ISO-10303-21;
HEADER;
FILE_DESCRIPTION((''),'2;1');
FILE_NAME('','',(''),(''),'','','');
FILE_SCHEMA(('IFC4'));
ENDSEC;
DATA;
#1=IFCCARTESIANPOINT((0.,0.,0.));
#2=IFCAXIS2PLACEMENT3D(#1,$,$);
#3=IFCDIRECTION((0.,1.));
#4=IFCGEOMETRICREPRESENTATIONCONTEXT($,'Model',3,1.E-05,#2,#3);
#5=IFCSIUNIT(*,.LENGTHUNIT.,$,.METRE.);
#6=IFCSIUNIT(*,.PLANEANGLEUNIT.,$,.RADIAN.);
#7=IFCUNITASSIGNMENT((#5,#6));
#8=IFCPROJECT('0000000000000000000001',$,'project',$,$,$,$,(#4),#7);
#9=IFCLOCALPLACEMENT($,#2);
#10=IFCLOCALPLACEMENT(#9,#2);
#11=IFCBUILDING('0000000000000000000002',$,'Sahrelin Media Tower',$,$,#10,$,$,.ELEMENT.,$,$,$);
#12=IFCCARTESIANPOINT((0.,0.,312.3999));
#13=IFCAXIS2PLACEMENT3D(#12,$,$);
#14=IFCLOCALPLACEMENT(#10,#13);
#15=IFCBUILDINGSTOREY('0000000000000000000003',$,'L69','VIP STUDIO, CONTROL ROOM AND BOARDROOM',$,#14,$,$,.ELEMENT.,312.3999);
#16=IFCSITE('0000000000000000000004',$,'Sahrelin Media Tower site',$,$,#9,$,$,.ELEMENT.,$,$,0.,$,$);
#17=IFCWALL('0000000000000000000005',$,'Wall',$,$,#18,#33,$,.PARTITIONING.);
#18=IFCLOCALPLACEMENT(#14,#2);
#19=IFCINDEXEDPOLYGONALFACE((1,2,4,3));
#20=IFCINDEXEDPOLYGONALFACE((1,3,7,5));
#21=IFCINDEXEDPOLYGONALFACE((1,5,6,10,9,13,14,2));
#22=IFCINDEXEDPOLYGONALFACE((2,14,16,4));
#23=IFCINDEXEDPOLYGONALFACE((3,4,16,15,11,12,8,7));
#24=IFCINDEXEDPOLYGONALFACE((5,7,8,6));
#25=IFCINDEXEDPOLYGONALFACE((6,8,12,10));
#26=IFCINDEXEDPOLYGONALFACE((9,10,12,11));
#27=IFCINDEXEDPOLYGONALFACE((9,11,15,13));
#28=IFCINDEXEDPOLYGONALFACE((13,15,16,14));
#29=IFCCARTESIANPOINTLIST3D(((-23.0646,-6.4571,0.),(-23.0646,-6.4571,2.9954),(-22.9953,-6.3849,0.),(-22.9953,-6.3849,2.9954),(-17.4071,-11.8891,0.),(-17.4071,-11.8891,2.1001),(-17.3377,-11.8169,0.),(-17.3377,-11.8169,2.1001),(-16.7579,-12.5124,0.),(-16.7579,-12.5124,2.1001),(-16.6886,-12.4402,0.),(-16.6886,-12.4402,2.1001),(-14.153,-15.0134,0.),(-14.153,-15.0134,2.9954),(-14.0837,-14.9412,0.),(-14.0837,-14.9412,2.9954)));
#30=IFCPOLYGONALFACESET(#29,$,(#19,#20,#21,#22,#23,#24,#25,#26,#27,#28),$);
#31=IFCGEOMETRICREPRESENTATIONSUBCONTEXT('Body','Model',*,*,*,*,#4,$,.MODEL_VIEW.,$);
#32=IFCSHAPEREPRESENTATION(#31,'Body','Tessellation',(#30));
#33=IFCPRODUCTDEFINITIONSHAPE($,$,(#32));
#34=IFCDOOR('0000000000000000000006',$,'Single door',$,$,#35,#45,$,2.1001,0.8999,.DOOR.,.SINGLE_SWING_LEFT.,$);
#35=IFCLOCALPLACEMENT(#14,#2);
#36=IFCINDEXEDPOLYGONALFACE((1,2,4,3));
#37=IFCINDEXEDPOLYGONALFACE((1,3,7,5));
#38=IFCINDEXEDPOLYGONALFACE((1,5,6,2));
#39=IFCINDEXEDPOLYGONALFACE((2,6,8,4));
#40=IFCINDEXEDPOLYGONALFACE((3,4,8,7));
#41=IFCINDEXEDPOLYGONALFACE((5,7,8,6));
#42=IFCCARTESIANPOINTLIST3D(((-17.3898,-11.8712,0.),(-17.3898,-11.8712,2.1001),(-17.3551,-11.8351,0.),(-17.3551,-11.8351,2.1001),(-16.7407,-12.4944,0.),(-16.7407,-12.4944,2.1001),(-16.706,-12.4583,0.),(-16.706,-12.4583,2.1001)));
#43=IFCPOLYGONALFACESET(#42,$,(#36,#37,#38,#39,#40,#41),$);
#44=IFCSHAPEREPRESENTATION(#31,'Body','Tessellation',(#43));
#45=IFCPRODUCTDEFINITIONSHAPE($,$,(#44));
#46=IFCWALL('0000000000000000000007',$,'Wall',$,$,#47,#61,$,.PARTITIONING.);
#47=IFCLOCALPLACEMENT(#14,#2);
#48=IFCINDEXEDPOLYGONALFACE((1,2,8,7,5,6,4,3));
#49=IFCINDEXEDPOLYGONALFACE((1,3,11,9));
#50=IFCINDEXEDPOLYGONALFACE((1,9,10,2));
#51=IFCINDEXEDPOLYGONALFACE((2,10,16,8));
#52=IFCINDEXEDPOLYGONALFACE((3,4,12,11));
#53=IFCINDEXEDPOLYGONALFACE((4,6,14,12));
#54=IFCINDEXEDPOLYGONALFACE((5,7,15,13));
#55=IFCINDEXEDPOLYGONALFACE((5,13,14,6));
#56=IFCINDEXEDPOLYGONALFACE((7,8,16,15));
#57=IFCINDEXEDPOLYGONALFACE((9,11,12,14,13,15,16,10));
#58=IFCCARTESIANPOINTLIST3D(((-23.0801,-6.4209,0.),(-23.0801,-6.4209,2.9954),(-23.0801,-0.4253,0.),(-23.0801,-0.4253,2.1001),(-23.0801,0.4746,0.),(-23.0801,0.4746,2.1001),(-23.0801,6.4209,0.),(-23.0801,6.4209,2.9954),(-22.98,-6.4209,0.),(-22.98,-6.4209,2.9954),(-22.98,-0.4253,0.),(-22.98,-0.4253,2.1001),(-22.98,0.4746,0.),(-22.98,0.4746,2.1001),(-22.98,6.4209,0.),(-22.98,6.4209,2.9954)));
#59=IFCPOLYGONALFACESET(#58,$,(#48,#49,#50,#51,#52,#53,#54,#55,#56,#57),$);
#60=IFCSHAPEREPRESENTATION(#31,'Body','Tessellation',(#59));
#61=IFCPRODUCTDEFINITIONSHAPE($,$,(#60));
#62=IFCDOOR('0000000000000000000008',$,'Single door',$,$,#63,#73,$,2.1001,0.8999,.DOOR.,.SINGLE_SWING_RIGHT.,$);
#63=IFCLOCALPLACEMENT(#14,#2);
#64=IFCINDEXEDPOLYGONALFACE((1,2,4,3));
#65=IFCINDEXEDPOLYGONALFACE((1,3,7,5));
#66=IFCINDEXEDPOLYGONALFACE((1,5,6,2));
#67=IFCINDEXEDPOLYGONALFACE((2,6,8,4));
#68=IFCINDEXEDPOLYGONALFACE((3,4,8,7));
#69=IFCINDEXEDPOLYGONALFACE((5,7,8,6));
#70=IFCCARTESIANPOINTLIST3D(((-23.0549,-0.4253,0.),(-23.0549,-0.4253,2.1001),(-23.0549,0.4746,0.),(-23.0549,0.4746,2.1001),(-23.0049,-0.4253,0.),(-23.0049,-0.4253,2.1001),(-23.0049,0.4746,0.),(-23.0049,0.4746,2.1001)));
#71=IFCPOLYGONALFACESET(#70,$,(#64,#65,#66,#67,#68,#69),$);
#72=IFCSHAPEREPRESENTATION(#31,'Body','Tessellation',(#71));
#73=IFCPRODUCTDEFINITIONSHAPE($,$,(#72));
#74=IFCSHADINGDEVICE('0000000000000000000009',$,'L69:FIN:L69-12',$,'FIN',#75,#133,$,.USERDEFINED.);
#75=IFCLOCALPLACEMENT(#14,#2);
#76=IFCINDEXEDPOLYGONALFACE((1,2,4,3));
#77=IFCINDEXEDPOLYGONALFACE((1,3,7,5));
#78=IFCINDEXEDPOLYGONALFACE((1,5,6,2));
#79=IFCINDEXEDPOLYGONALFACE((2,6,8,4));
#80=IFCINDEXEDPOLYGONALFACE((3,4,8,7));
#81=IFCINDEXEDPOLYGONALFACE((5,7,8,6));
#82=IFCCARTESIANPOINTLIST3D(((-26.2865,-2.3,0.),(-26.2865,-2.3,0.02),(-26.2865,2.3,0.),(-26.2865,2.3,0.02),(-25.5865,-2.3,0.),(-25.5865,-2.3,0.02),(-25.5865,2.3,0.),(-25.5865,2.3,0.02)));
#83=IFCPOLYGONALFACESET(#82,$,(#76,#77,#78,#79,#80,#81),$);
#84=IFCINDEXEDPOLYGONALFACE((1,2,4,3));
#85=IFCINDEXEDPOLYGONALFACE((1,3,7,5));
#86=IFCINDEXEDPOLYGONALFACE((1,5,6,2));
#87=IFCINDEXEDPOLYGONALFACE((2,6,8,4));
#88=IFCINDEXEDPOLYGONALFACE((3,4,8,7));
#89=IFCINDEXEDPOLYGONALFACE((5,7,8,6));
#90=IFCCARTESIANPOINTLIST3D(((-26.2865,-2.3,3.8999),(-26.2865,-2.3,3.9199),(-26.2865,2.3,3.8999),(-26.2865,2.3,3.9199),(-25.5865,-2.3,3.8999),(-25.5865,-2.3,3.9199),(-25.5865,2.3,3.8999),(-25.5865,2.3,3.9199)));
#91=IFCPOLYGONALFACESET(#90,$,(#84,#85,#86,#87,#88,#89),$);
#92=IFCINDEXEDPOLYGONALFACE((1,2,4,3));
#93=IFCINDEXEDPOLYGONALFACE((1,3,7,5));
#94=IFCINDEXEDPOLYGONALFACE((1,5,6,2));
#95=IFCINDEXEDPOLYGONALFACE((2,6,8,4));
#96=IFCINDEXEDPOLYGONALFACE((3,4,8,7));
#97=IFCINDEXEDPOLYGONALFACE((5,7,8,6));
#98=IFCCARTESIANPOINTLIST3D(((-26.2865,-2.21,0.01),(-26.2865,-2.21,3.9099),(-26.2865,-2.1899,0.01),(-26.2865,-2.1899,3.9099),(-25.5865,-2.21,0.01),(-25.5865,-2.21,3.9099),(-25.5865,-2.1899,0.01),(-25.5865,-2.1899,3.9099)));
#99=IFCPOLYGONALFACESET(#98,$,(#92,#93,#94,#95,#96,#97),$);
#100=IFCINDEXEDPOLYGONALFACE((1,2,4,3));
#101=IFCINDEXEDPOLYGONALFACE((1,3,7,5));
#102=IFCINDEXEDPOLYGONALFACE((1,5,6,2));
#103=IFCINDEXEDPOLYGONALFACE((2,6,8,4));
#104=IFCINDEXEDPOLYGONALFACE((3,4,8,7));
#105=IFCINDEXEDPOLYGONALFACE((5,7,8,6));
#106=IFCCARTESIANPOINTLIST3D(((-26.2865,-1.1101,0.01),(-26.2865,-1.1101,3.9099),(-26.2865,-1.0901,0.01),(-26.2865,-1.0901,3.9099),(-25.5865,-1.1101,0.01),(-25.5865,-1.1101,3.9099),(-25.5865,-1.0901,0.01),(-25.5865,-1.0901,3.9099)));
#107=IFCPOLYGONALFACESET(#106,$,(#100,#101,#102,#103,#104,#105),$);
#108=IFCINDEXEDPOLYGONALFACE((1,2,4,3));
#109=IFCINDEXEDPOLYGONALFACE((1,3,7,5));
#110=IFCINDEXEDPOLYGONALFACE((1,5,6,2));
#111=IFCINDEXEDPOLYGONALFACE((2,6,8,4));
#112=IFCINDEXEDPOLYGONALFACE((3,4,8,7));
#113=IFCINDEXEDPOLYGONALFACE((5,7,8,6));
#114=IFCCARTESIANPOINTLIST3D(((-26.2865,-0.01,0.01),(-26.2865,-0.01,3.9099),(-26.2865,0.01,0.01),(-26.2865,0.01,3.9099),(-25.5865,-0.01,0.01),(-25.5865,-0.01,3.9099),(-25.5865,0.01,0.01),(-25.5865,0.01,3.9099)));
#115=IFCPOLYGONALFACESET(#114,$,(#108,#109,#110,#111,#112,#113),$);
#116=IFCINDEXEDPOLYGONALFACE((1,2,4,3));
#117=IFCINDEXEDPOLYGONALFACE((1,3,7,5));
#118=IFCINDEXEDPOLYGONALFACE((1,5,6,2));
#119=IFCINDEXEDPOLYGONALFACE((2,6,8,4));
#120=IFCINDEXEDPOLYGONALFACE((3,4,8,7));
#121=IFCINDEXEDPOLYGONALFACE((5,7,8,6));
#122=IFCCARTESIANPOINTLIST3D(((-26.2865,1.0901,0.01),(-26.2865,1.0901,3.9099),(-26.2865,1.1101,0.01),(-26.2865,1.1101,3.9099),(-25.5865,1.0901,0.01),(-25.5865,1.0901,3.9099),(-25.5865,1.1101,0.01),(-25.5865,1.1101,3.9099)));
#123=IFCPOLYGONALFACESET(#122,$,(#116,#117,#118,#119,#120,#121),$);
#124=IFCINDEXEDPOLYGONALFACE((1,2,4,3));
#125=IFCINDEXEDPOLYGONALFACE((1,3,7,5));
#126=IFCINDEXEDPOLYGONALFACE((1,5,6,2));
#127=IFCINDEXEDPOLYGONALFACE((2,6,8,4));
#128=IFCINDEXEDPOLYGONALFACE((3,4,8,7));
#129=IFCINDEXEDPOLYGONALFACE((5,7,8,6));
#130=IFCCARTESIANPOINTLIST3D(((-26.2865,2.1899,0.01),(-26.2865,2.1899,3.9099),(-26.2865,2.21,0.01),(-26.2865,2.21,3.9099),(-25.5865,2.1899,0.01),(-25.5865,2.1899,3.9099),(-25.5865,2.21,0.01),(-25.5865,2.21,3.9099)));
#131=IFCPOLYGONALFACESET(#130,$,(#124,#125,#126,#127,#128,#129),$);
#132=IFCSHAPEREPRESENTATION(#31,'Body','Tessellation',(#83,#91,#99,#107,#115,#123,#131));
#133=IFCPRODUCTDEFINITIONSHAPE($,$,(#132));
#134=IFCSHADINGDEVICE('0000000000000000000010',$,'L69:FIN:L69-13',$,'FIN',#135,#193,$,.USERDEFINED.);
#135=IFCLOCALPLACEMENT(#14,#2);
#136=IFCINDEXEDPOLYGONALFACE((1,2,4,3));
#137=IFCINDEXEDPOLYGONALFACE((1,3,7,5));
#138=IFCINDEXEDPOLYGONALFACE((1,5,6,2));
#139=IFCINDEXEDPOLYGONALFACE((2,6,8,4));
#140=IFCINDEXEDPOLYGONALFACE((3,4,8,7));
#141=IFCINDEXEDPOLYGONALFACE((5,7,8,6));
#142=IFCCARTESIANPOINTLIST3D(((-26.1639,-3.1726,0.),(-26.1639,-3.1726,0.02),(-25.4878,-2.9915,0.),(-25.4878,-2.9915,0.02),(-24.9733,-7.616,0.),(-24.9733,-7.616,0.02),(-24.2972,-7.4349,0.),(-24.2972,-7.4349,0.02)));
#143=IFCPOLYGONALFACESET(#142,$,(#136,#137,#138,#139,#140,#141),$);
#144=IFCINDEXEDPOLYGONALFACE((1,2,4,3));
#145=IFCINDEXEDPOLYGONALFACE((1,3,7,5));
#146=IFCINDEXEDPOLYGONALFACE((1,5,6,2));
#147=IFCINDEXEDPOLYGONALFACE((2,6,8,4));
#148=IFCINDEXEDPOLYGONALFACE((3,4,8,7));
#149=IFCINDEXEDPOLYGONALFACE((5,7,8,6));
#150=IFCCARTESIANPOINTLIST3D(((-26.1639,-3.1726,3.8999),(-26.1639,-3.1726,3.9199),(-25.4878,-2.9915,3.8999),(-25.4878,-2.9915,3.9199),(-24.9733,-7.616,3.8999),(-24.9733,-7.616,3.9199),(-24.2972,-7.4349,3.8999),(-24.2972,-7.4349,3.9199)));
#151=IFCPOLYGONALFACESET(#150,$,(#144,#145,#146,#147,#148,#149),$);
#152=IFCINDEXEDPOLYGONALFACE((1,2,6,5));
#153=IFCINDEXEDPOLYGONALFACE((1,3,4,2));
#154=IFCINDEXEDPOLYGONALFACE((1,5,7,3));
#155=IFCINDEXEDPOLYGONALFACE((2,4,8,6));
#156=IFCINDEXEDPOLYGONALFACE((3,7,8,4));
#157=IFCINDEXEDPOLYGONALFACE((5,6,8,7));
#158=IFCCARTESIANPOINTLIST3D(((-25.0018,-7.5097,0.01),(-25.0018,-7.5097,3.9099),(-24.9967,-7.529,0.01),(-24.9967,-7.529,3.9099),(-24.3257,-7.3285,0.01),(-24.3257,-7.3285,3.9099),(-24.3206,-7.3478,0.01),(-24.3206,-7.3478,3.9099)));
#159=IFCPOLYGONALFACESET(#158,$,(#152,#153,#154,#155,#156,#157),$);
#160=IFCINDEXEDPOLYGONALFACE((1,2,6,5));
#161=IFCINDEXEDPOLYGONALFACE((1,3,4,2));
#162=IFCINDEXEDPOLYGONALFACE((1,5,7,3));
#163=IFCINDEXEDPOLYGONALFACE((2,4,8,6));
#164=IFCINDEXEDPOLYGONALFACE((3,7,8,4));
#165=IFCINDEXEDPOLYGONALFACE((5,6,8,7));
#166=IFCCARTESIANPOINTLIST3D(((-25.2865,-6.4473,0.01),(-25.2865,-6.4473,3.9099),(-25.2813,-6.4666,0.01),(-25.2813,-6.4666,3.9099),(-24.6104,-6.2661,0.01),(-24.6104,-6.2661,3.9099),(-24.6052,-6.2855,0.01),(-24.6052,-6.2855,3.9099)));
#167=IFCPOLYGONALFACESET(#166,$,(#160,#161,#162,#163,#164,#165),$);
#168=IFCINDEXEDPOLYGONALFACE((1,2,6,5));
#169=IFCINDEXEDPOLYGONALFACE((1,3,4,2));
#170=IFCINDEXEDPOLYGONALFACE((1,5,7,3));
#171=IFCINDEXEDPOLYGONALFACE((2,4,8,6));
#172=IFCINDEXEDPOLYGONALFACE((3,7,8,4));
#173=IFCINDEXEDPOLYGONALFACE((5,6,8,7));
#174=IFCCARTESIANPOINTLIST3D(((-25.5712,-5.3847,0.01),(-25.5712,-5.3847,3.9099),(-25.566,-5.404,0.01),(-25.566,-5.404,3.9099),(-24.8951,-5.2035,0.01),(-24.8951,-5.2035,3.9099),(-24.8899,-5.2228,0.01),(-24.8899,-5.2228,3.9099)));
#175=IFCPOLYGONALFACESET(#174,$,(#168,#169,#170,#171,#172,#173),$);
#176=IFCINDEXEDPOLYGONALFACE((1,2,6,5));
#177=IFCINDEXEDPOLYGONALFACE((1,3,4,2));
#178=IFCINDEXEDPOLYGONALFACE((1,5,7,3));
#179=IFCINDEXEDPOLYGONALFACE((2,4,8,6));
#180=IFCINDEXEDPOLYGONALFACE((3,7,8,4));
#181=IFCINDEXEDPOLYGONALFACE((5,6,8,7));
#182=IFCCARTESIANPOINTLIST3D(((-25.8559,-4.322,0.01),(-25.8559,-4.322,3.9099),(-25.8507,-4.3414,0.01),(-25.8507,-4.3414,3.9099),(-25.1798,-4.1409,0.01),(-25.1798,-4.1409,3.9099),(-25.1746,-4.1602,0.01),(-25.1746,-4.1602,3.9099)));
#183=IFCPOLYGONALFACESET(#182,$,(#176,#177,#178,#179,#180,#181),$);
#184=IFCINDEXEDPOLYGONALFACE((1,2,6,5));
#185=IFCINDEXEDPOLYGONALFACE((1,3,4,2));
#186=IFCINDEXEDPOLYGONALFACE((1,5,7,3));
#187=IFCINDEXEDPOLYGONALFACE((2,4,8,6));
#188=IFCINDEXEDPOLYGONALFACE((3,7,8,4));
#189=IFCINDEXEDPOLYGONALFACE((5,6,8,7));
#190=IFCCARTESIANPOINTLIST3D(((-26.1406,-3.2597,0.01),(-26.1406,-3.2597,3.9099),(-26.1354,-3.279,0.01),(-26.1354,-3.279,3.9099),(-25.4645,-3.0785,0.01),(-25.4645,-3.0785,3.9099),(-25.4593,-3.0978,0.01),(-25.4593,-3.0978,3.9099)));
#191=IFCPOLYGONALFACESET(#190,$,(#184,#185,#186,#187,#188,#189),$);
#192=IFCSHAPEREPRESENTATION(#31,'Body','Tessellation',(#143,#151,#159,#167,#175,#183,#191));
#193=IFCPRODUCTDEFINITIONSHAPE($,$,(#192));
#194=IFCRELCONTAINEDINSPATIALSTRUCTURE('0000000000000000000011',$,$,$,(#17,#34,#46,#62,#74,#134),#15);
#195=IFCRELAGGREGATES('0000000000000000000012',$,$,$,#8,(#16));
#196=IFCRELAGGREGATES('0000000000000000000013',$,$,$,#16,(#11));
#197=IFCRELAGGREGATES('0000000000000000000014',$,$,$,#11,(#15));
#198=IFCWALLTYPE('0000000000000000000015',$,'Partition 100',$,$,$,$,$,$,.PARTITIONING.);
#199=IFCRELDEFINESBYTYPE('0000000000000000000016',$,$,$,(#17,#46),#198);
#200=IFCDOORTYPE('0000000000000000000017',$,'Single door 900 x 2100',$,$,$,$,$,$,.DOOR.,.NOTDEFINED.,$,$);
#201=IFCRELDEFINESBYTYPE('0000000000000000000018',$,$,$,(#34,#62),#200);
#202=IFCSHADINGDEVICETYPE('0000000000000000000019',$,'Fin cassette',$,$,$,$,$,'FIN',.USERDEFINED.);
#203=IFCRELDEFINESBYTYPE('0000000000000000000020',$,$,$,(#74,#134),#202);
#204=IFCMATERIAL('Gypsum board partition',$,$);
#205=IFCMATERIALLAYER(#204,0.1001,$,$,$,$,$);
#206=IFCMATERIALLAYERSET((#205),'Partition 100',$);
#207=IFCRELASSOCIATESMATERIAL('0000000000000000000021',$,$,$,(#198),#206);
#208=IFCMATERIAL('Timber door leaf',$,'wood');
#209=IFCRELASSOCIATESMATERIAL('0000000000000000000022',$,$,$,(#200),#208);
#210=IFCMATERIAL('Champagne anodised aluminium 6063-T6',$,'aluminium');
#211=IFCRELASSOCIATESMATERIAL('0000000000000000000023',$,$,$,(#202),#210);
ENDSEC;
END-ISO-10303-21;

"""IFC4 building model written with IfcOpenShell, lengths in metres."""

from ifc_helpers import new_model, si_unit, direction, frame, frame_2d, origin, origin_2d, place, context, subcontext, project, spatial, rectangle, extrude, material, layer, layer_set, type_object, element, fill, save


model = new_model("IFC4")

# Units and contexts
model_context = context("Model", 3, precision=1e-05, world=origin(), true_north=direction((0.0, 1.0)))
body_context = subcontext(model_context, "Body", "Model", "MODEL_VIEW")
ifc_project = project(units=[si_unit("LENGTHUNIT", "METRE"), si_unit("PLANEANGLEUNIT", "RADIAN")], contexts=[model_context])

# Site, building, storey
site_placement = place(None, origin())
site = spatial("IfcSite", under=ifc_project, at=site_placement, Name="Sahrelin Media Tower site", CompositionType="ELEMENT", RefElevation=0.0)
building_placement = place(site_placement, origin())
building = spatial("IfcBuilding", under=site, at=building_placement, Name="Sahrelin Media Tower", CompositionType="ELEMENT")
storey_placement = place(building_placement, frame((0.0, 0.0, 312.3999)))
storey = spatial("IfcBuildingStorey", under=building, at=storey_placement, Name="L69", Description="VIP STUDIO, CONTROL ROOM AND BOARDROOM", CompositionType="ELEMENT", Elevation=312.3999)

# Shared definitions
ifc_material_1 = material(Name="Champagne anodised aluminium 6063-T6", Category="aluminium")

# Walls, openings, doors
ifc_material_2 = material(Name="Gypsum board partition")
ifc_layer_1 = layer(ifc_material_2, 0.1001)
ifc_layer_set_1 = layer_set([ifc_layer_1], Name="Partition 100")
wall_type_1 = type_object("IfcWallType", Name="Partition 100", PredefinedType="PARTITIONING", material=ifc_layer_set_1)
wall_1_placement = place(storey_placement, frame((-23.03, -6.4209, 0.0), z_axis=(0.0, 0.0, 1.0), x_axis=(0.721337, -0.692584, 0.0)))
wall_1 = element("IfcWall", 1, at=wall_1_placement, inside=storey, type_object=wall_type_1, Name="Wall", PredefinedType="PARTITIONING", context=body_context, shape_type="SweptSolid", body=[
    extrude(rectangle(XDim=12.3542, YDim=0.1001, at=frame_2d((6.1772, 0.0))), origin(), (0.0, 0.0, 1.0), 2.9954),
])
opening_1_placement = place(wall_1_placement, frame((7.8433, 0.0, 0.0)))
opening_1 = element("IfcOpeningElement", 2, at=opening_1_placement, cuts=wall_1, PredefinedType="OPENING", context=body_context, shape_type="SweptSolid", body=[
    extrude(rectangle(XDim=0.8999, YDim=2.1001, at=frame_2d((0.45, 1.05))), frame((0.0, 0.05, 0.0), z_axis=(0.0, -1.0, 0.0), x_axis=(1.0, 0.0, 0.0)), (0.0, 0.0, 1.0), 0.1001),
])
ifc_material_3 = material(Name="Timber door leaf", Category="wood")
door_type_1 = type_object("IfcDoorType", Name="Single door 900 x 2100", OperationType="NOTDEFINED", PredefinedType="DOOR", material=ifc_material_3)
door_1_placement = place(opening_1_placement, origin())
door_1 = element("IfcDoor", 3, at=door_1_placement, inside=storey, type_object=door_type_1, Name="Single door", OperationType="SINGLE_SWING_LEFT", OverallHeight=2.1001, OverallWidth=0.8999, PredefinedType="DOOR", context=body_context, shape_type="SweptSolid", body=[
    extrude(rectangle(XDim=0.8999, YDim=2.1001, at=frame_2d((0.45, 1.05))), frame((0.0, 0.0249, 0.0), z_axis=(0.0, -1.0, 0.0), x_axis=(1.0, 0.0, 0.0)), (0.0, 0.0, 1.0), 0.05),
])
fill(opening_1, door_1)
wall_2_placement = place(storey_placement, frame((-23.03, -6.4209, 0.0), z_axis=(0.0, 0.0, 1.0), x_axis=(0.0, 1.0, 0.0)))
wall_2 = element("IfcWall", 4, at=wall_2_placement, inside=storey, type_object=wall_type_1, Name="Wall", PredefinedType="PARTITIONING", context=body_context, shape_type="SweptSolid", body=[
    extrude(rectangle(XDim=12.8418, YDim=0.1001, at=frame_2d((6.4209, 0.0))), origin(), (0.0, 0.0, 1.0), 2.9954),
])
opening_2_placement = place(wall_2_placement, frame((5.9956, 0.0, 0.0)))
opening_2 = element("IfcOpeningElement", 5, at=opening_2_placement, cuts=wall_2, PredefinedType="OPENING", context=body_context, shape_type="SweptSolid", body=[
    extrude(rectangle(XDim=0.8999, YDim=2.1001, at=frame_2d((0.45, 1.05))), frame((0.0, 0.05, 0.0), z_axis=(0.0, -1.0, 0.0), x_axis=(1.0, 0.0, 0.0)), (0.0, 0.0, 1.0), 0.1001),
])
door_2_placement = place(opening_2_placement, origin())
door_2 = element("IfcDoor", 6, at=door_2_placement, inside=storey, type_object=door_type_1, Name="Single door", OperationType="SINGLE_SWING_RIGHT", OverallHeight=2.1001, OverallWidth=0.8999, PredefinedType="DOOR", context=body_context, shape_type="SweptSolid", body=[
    extrude(rectangle(XDim=0.8999, YDim=2.1001, at=frame_2d((0.45, 1.05))), frame((0.0, 0.0249, 0.0), z_axis=(0.0, -1.0, 0.0), x_axis=(1.0, 0.0, 0.0)), (0.0, 0.0, 1.0), 0.05),
])
fill(opening_2, door_2)

# Shading devices
shading_device_type_1 = type_object("IfcShadingDeviceType", Name="Fin cassette", ElementType="FIN", PredefinedType="USERDEFINED", material=ifc_material_1)
placement_1 = place(storey_placement, frame((-25.5166, 0.0, 0.0), z_axis=(0.0, 0.0, 1.0), x_axis=(0.0, 1.0, 0.0)))
element("IfcShadingDevice", 7, at=placement_1, inside=storey, type_object=shading_device_type_1, Name="L69:FIN:L69-12", ObjectType="FIN", PredefinedType="USERDEFINED", context=body_context, shape_type="SweptSolid", body=[
    extrude(rectangle(XDim=4.6001, YDim=0.7, at=origin_2d()), frame((0.0, 0.4199, 0.0)), (0.0, 0.0, 1.0), 0.02),
    extrude(rectangle(XDim=4.6001, YDim=0.7, at=origin_2d()), frame((0.0, 0.4199, 3.8999)), (0.0, 0.0, 1.0), 0.02),
    extrude(rectangle(XDim=0.02, YDim=0.7, at=origin_2d()), frame((-2.2, 0.4199, 0.01), z_axis=(0.0, 0.0, 1.0), x_axis=(1.0, 0.0, 0.0)), (0.0, 0.0, 1.0), 3.8999),
    extrude(rectangle(XDim=0.02, YDim=0.7, at=origin_2d()), frame((-1.1001, 0.4199, 0.01), z_axis=(0.0, 0.0, 1.0), x_axis=(1.0, 0.0, 0.0)), (0.0, 0.0, 1.0), 3.8999),
    extrude(rectangle(XDim=0.02, YDim=0.7, at=origin_2d()), frame((0.0, 0.4199, 0.01), z_axis=(0.0, 0.0, 1.0), x_axis=(1.0, 0.0, 0.0)), (0.0, 0.0, 1.0), 3.8999),
    extrude(rectangle(XDim=0.02, YDim=0.7, at=origin_2d()), frame((1.1001, 0.4199, 0.01), z_axis=(0.0, 0.0, 1.0), x_axis=(1.0, 0.0, 0.0)), (0.0, 0.0, 1.0), 3.8999),
    extrude(rectangle(XDim=0.02, YDim=0.7, at=origin_2d()), frame((2.2, 0.4199, 0.01), z_axis=(0.0, 0.0, 1.0), x_axis=(1.0, 0.0, 0.0)), (0.0, 0.0, 1.0), 3.8999),
])
placement_2 = place(storey_placement, frame((-24.825, -5.1951, 0.0), z_axis=(0.0, 0.0, 1.0), x_axis=(-0.258808, 0.965929, 0.0)))
element("IfcShadingDevice", 8, at=placement_2, inside=storey, type_object=shading_device_type_1, Name="L69:FIN:L69-13", ObjectType="FIN", PredefinedType="USERDEFINED", context=body_context, shape_type="SweptSolid", body=[
    extrude(rectangle(XDim=4.6001, YDim=0.7, at=origin_2d()), frame((0.0, 0.4199, 0.0)), (0.0, 0.0, 1.0), 0.02),
    extrude(rectangle(XDim=4.6001, YDim=0.7, at=origin_2d()), frame((0.0, 0.4199, 3.8999)), (0.0, 0.0, 1.0), 0.02),
    extrude(rectangle(XDim=0.02, YDim=0.7, at=origin_2d()), frame((-2.2, 0.4199, 0.01), z_axis=(0.0, 0.0, 1.0), x_axis=(1.0, 0.0, 0.0)), (0.0, 0.0, 1.0), 3.8999),
    extrude(rectangle(XDim=0.02, YDim=0.7, at=origin_2d()), frame((-1.1001, 0.4199, 0.01), z_axis=(0.0, 0.0, 1.0), x_axis=(1.0, 0.0, 0.0)), (0.0, 0.0, 1.0), 3.8999),
    extrude(rectangle(XDim=0.02, YDim=0.7, at=origin_2d()), frame((0.0, 0.4199, 0.01), z_axis=(0.0, 0.0, 1.0), x_axis=(1.0, 0.0, 0.0)), (0.0, 0.0, 1.0), 3.8999),
    extrude(rectangle(XDim=0.02, YDim=0.7, at=origin_2d()), frame((1.1001, 0.4199, 0.01), z_axis=(0.0, 0.0, 1.0), x_axis=(1.0, 0.0, 0.0)), (0.0, 0.0, 1.0), 3.8999),
    extrude(rectangle(XDim=0.02, YDim=0.7, at=origin_2d()), frame((2.2, 0.4199, 0.01), z_axis=(0.0, 0.0, 1.0), x_axis=(1.0, 0.0, 0.0)), (0.0, 0.0, 1.0), 3.8999),
])

save(model, "model.ifc")
